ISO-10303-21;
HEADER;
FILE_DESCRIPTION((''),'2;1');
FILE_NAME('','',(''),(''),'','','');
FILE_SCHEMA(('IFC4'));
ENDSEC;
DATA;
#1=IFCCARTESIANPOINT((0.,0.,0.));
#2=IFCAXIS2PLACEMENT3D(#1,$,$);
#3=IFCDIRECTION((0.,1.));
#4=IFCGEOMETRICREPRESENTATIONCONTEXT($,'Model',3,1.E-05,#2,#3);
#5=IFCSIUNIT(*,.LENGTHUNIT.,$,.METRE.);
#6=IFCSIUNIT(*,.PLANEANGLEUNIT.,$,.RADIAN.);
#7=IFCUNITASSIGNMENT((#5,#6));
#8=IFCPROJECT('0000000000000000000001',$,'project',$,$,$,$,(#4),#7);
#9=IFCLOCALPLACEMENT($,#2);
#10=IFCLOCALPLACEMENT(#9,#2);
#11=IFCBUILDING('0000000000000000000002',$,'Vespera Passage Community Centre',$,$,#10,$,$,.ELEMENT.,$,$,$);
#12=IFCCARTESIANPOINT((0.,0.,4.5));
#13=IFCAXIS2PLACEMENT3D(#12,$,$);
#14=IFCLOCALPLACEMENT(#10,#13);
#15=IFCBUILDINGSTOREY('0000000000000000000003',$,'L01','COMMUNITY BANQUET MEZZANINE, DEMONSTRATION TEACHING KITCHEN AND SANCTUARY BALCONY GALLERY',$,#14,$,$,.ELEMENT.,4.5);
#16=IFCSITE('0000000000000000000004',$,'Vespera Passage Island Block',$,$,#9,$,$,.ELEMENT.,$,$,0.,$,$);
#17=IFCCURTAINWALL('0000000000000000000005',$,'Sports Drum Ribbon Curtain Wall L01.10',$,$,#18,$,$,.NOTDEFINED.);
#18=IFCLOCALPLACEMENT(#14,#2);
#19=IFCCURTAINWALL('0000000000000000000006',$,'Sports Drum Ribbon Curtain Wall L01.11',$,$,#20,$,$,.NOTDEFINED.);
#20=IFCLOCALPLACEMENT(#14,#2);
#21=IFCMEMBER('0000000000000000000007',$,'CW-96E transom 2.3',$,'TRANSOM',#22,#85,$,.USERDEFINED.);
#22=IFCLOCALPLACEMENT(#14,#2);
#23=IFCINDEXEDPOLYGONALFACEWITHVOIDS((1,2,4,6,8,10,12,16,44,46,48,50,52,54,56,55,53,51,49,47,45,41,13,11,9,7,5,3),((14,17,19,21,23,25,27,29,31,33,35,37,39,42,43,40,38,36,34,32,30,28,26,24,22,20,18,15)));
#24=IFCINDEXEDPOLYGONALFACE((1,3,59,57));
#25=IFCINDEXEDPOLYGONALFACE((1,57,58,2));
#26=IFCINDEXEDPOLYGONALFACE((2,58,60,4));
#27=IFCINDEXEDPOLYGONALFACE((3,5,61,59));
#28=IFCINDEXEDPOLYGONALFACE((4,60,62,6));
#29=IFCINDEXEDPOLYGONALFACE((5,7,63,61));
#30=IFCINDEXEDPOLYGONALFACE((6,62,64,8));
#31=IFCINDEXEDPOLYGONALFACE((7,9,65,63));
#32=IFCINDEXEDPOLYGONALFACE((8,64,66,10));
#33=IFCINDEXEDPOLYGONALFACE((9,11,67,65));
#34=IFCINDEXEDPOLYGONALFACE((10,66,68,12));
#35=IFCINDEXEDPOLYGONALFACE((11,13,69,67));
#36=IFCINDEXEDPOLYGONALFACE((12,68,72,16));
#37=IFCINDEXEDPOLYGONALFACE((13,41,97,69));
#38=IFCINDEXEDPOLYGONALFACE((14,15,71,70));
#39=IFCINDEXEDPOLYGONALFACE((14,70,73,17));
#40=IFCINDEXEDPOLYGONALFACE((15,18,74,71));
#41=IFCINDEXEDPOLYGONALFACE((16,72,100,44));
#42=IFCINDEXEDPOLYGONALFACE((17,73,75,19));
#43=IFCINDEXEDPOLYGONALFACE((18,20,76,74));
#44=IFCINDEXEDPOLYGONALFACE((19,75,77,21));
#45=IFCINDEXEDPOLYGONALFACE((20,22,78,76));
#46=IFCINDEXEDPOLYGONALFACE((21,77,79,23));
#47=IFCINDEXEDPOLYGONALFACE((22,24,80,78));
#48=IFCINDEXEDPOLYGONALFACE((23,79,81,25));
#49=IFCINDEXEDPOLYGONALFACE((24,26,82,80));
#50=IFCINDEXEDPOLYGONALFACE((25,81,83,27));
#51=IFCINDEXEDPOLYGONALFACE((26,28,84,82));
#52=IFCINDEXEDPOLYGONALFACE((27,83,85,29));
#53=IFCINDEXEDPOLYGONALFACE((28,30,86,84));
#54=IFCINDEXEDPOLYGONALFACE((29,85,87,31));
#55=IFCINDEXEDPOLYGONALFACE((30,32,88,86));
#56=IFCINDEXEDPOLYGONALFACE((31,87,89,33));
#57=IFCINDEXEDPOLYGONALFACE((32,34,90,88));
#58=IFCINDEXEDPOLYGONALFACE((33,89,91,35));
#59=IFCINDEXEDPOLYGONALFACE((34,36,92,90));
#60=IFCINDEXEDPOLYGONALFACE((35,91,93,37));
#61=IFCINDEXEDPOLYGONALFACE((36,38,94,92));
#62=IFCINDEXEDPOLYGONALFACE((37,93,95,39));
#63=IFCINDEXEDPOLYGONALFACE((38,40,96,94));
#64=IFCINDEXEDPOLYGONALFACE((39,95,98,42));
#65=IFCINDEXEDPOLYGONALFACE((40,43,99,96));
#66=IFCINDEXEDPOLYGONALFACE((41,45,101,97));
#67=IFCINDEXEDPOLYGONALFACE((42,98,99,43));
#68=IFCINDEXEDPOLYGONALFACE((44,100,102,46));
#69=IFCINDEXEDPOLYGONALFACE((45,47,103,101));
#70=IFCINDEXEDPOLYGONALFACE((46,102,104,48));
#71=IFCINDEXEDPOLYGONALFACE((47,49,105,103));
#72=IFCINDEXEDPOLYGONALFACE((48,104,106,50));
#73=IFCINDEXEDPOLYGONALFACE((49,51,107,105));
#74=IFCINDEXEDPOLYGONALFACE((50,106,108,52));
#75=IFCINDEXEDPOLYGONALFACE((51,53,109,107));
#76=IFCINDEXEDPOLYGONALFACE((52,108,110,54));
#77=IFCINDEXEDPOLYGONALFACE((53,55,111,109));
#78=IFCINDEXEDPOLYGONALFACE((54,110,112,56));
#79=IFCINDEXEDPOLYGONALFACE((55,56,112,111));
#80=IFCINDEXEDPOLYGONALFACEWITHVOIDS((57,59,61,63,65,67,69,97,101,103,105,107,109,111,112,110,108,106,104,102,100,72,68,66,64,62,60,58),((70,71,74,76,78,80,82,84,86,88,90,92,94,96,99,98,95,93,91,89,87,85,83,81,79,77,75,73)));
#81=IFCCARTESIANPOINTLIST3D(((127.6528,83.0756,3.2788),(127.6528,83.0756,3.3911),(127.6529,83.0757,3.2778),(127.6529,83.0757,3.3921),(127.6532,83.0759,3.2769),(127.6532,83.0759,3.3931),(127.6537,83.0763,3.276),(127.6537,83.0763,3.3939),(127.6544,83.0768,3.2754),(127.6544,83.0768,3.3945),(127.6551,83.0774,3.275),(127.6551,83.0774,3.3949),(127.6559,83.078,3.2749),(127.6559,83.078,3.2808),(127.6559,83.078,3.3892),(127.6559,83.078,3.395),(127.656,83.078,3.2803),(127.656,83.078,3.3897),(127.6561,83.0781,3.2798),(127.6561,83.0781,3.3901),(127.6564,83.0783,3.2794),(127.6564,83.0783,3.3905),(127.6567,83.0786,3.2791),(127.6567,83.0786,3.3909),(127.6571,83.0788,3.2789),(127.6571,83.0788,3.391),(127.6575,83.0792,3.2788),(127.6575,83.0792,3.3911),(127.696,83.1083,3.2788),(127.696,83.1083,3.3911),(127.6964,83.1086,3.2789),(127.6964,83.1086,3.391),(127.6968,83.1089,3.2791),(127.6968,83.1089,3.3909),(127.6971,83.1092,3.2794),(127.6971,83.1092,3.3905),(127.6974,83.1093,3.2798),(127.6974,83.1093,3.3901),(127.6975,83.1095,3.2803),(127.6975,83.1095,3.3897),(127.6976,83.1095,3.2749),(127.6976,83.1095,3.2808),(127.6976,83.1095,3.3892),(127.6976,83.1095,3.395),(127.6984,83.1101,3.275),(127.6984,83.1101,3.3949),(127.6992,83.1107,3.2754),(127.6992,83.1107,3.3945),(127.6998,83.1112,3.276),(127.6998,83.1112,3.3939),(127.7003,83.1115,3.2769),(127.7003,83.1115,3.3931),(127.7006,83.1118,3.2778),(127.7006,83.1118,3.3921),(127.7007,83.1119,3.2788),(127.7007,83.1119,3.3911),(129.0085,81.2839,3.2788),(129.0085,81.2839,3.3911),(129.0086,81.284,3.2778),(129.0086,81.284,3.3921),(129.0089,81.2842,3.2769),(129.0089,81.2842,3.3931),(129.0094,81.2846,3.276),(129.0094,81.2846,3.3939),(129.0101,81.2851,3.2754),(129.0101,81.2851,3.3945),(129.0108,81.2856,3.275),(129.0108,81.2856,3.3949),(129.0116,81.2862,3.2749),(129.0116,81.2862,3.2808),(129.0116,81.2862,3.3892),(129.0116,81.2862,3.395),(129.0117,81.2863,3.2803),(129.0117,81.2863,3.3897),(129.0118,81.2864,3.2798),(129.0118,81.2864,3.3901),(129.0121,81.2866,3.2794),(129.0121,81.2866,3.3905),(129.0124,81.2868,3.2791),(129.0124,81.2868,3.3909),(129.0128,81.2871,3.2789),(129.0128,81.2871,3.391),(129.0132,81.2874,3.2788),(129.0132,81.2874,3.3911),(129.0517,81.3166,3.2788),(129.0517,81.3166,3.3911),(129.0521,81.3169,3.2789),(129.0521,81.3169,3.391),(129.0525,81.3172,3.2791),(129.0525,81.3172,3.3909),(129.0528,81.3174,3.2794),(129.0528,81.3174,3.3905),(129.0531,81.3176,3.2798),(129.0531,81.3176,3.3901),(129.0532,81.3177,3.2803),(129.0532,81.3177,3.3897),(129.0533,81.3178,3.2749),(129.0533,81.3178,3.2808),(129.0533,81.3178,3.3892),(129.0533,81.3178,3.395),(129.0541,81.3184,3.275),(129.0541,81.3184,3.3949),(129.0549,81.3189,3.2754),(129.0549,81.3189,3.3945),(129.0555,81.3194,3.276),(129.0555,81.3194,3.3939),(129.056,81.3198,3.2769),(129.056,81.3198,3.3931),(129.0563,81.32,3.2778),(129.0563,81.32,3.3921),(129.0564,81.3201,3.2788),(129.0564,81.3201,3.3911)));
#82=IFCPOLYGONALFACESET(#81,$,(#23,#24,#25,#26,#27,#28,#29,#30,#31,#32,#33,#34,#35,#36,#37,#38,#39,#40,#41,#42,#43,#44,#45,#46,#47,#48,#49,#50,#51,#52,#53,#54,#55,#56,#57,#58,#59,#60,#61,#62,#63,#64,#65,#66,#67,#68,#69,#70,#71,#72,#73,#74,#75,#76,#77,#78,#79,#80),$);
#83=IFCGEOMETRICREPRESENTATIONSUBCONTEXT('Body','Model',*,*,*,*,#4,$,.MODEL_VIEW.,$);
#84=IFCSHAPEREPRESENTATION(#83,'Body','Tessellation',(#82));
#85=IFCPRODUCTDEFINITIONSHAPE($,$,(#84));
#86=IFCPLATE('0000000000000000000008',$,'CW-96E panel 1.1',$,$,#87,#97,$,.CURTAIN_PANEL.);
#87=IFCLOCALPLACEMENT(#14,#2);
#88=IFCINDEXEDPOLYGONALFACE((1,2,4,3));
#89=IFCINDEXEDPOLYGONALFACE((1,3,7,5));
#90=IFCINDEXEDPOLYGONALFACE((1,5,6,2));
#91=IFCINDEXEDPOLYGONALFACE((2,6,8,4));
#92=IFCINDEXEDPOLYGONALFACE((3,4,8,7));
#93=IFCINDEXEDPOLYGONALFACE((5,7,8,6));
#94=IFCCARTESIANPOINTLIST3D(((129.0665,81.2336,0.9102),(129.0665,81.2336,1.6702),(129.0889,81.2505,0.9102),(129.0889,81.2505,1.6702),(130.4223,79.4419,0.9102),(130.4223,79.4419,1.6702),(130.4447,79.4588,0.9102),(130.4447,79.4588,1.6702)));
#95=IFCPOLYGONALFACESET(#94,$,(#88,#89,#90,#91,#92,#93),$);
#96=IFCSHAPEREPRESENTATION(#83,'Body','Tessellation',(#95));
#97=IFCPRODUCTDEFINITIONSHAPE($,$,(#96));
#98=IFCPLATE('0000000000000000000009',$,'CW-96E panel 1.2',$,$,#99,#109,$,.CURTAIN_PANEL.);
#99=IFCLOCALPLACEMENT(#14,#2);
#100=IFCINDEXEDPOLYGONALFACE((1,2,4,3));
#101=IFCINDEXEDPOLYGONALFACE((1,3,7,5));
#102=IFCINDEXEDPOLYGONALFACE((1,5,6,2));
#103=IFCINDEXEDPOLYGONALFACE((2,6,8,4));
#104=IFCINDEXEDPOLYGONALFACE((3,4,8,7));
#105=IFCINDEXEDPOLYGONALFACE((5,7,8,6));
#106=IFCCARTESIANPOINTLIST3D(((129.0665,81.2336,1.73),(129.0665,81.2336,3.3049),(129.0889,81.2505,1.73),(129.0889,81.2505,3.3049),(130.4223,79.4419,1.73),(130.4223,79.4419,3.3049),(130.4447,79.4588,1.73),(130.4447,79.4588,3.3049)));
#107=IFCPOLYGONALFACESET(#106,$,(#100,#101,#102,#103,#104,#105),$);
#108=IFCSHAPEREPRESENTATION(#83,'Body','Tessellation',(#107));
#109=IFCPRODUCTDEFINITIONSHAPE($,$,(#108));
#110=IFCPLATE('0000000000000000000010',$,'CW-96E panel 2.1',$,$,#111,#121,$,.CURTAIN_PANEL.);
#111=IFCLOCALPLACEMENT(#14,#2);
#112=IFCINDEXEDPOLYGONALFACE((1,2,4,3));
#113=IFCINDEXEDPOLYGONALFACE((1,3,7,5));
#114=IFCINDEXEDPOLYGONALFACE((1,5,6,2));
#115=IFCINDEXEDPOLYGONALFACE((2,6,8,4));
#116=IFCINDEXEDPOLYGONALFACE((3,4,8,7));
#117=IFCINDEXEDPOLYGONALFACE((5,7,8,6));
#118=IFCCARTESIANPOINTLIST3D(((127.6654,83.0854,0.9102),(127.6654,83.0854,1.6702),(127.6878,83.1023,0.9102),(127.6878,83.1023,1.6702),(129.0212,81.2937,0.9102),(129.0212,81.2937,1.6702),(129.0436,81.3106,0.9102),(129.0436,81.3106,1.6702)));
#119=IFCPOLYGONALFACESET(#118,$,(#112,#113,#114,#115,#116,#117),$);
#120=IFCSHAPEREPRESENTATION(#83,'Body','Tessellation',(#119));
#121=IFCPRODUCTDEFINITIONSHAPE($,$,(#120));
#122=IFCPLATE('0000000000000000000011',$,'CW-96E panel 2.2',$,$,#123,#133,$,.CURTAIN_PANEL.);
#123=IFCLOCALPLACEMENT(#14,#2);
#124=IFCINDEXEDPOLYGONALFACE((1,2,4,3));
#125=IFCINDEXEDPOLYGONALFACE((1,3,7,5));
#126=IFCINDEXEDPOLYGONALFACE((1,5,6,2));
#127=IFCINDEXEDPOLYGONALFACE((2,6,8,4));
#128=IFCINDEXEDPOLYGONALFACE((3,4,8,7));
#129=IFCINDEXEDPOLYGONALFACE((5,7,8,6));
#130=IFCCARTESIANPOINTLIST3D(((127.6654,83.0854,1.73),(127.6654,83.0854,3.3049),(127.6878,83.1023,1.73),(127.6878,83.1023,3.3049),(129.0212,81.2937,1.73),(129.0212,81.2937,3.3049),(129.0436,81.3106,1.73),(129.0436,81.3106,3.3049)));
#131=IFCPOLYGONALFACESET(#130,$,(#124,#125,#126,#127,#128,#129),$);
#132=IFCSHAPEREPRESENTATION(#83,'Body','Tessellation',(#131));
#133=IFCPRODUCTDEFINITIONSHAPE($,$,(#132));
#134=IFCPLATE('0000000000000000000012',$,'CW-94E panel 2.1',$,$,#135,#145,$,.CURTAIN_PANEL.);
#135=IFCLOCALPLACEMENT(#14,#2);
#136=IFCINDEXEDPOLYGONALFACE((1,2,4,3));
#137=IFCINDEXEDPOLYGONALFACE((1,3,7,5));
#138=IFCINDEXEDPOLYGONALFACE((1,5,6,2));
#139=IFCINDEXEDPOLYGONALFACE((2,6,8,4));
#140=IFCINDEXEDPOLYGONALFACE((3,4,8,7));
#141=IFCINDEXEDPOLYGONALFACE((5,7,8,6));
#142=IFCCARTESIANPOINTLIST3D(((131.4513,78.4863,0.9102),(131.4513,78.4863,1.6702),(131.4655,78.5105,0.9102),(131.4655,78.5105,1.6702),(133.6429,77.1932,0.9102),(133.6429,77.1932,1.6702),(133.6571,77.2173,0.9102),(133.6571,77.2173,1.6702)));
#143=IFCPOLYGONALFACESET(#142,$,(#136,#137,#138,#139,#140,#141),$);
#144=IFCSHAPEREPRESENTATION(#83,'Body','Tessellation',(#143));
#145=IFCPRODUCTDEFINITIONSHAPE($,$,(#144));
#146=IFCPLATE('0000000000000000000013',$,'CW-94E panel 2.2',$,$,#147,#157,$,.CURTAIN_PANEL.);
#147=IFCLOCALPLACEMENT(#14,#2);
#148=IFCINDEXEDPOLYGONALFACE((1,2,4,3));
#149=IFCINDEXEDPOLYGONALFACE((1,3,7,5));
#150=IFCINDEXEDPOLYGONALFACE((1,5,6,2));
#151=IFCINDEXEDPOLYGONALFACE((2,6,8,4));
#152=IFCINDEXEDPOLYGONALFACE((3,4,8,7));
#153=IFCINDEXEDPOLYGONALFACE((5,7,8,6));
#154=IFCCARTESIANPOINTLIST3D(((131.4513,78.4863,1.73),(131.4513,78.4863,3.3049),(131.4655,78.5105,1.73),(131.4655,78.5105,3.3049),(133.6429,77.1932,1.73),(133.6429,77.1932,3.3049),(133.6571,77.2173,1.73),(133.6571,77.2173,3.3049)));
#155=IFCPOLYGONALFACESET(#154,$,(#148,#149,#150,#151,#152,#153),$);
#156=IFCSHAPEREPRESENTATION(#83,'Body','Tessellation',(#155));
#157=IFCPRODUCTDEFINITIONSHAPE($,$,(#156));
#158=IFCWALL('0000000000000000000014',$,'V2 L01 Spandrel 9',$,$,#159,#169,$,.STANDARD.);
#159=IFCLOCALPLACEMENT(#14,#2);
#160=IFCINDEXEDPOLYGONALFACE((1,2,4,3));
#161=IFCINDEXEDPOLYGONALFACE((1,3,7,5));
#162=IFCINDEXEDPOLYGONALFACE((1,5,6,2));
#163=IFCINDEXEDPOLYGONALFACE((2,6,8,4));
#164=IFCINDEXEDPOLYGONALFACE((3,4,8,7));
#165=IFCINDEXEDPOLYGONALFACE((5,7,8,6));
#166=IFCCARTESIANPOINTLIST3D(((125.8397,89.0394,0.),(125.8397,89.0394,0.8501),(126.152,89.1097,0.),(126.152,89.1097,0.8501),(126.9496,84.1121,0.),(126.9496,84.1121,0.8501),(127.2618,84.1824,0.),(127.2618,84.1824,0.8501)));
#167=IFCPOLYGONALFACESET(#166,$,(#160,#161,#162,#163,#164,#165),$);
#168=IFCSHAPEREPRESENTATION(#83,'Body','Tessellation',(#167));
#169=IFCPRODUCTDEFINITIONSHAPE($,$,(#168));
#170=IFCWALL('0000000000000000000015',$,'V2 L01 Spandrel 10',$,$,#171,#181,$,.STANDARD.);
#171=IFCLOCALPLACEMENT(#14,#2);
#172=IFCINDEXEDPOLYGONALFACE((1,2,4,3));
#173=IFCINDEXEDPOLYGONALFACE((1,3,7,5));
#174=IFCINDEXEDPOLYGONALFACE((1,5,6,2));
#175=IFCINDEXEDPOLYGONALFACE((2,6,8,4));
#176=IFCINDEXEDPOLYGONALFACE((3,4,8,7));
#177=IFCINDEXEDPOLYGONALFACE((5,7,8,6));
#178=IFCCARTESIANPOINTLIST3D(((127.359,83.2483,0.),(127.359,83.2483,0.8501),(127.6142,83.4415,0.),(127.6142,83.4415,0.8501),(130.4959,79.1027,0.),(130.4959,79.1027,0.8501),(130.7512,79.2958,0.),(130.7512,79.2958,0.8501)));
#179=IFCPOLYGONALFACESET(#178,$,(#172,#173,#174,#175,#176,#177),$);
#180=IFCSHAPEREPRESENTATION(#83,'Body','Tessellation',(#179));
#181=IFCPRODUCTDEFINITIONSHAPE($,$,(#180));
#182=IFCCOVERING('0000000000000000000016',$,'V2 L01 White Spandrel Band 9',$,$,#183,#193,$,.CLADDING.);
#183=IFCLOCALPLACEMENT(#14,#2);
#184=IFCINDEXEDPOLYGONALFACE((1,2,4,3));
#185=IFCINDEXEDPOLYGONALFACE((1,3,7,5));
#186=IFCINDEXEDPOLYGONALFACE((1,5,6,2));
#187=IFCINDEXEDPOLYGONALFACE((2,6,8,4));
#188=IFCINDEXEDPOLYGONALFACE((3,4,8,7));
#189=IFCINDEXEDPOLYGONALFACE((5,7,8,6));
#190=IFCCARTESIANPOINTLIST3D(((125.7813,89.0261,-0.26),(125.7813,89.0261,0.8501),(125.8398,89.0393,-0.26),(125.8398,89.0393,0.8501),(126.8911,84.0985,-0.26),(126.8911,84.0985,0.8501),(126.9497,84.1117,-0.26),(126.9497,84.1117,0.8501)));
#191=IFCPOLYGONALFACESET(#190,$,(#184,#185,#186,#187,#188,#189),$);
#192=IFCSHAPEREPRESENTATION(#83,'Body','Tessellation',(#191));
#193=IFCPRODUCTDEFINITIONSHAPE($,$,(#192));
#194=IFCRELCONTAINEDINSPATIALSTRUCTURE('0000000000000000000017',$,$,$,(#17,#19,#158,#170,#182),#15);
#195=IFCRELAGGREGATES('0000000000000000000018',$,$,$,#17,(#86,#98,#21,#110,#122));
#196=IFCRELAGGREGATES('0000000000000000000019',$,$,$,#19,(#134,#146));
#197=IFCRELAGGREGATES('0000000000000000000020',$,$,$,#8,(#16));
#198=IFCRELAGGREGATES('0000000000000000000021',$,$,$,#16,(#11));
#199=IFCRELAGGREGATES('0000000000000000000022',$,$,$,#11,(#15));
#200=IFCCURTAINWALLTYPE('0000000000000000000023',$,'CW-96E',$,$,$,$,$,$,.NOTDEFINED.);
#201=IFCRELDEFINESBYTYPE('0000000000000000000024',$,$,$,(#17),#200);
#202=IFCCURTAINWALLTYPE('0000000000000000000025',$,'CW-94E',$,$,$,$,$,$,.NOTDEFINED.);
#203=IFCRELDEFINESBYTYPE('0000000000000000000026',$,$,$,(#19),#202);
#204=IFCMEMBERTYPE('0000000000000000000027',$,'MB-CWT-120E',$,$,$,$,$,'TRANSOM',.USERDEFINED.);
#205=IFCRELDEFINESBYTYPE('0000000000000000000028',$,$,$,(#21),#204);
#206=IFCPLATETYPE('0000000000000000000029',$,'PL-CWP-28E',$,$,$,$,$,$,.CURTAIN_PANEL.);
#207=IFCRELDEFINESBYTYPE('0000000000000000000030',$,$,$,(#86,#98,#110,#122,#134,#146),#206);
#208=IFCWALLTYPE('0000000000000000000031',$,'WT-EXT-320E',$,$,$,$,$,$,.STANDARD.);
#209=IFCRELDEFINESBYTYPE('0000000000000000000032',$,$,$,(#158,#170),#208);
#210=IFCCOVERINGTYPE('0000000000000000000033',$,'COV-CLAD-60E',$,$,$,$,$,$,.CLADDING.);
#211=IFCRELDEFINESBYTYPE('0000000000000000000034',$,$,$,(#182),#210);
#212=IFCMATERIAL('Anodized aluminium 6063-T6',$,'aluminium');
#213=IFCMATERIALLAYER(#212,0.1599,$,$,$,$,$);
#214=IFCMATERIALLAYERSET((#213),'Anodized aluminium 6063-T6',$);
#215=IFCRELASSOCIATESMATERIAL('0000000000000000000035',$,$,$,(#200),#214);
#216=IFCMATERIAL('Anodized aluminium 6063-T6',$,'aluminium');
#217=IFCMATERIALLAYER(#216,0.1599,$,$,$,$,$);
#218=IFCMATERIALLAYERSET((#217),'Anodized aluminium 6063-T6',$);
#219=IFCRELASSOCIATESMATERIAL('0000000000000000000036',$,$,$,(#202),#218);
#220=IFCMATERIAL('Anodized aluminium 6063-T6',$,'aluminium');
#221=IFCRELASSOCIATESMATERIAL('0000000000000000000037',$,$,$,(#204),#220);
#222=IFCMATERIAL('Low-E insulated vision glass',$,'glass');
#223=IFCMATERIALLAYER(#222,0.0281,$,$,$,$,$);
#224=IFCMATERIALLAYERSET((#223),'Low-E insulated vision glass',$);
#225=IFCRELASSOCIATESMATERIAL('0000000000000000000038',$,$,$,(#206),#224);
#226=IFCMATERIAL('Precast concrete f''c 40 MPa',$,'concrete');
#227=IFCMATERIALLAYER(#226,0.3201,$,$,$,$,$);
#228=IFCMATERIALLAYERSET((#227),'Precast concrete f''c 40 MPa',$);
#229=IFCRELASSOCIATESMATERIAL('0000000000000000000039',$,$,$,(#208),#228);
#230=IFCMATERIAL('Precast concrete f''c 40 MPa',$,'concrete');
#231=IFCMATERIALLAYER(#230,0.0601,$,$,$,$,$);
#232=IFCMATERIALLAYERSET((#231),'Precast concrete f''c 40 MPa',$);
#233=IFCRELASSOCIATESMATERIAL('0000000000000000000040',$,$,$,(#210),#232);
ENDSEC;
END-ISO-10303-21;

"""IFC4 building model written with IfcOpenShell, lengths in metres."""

from ifc_helpers import new_model, si_unit, direction, frame, frame_2d, origin, origin_2d, place, context, subcontext, project, spatial, rectangle, hollow_rectangle, extrude, material, layer, layer_set, material_profile, profile_set, type_object, element, aggregate, save


model = new_model("IFC4")

# Units and contexts
model_context = context("Model", 3, precision=1e-05, world=origin(), true_north=direction((0.0, 1.0)))
body_context = subcontext(model_context, "Body", "Model", "MODEL_VIEW")
ifc_project = project(units=[si_unit("LENGTHUNIT", "METRE"), si_unit("PLANEANGLEUNIT", "RADIAN")], contexts=[model_context])

# Site, building, storey
site_placement = place(None, origin())
site = spatial("IfcSite", under=ifc_project, at=site_placement, Name="Vespera Passage Island Block", CompositionType="ELEMENT", RefElevation=0.0)
building_placement = place(site_placement, origin())
building = spatial("IfcBuilding", under=site, at=building_placement, Name="Vespera Passage Community Centre", CompositionType="ELEMENT")
storey_placement = place(building_placement, frame((0.0, 0.0, 4.5)))
storey = spatial("IfcBuildingStorey", under=building, at=storey_placement, Name="L01", Description="COMMUNITY BANQUET MEZZANINE, DEMONSTRATION TEACHING KITCHEN AND SANCTUARY BALCONY GALLERY", CompositionType="ELEMENT", Elevation=4.5)

# Curtain wall
ifc_material_1 = material(Name="Anodized aluminium 6063-T6", Category="aluminium")
ifc_layer_1 = layer(ifc_material_1, 0.1599)
ifc_layer_set_1 = layer_set([ifc_layer_1], Name="Anodized aluminium 6063-T6")
curtain_wall_type_1 = type_object("IfcCurtainWallType", Name="CW-96E", PredefinedType="NOTDEFINED", material=ifc_layer_set_1)
curtain_wall_1_placement = place(storey_placement, origin())
curtain_wall_1 = element("IfcCurtainWall", 1, at=curtain_wall_1_placement, inside=storey, type_object=curtain_wall_type_1, Name="Sports Drum Ribbon Curtain Wall L01.10", PredefinedType="NOTDEFINED")

# Curtain wall
ifc_material_2 = material(Name="Anodized aluminium 6063-T6", Category="aluminium")
ifc_layer_2 = layer(ifc_material_2, 0.1599)
ifc_layer_set_2 = layer_set([ifc_layer_2], Name="Anodized aluminium 6063-T6")
curtain_wall_type_2 = type_object("IfcCurtainWallType", Name="CW-94E", PredefinedType="NOTDEFINED", material=ifc_layer_set_2)
curtain_wall_2_placement = place(storey_placement, origin())
curtain_wall_2 = element("IfcCurtainWall", 2, at=curtain_wall_2_placement, inside=storey, type_object=curtain_wall_type_2, Name="Sports Drum Ribbon Curtain Wall L01.11", PredefinedType="NOTDEFINED")

# Member
ifc_material_3 = material(Name="Anodized aluminium 6063-T6", Category="aluminium")
ifc_material_profile_1 = material_profile(ifc_material_3, hollow_rectangle(XDim=0.0601, YDim=0.1201, WallThickness=0.0039, InnerFilletRadius=0.002, OuterFilletRadius=0.0039, at=origin_2d()), Name="ALU120X60X4")
ifc_profile_set_1 = profile_set([ifc_material_profile_1], Name="Anodized aluminium 6063-T6")
member_type_1 = type_object("IfcMemberType", Name="MB-CWT-120E", ElementType="TRANSOM", PredefinedType="USERDEFINED", material=ifc_profile_set_1)
member_1_placement = place(storey_placement, frame((129.0325, 81.302, 3.335), z_axis=(-0.603385, 0.79745, 0.0), x_axis=(-0.79745, -0.603385, 0.0)))
member_1 = element("IfcMember", 3, at=member_1_placement, type_object=member_type_1, Name="CW-96E transom 2.3", ObjectType="TRANSOM", PredefinedType="USERDEFINED", context=body_context, shape_type="SweptSolid", body=[
    extrude(hollow_rectangle(XDim=0.0601, YDim=0.1201, WallThickness=0.0039, InnerFilletRadius=0.002, OuterFilletRadius=0.0039, at=origin_2d()), origin(), (0.0, 0.0, 1.0), 2.2468),
])

# Plates
ifc_material_4 = material(Name="Low-E insulated vision glass", Category="glass")
ifc_layer_3 = layer(ifc_material_4, 0.0281)
ifc_layer_set_3 = layer_set([ifc_layer_3], Name="Low-E insulated vision glass")
plate_type = type_object("IfcPlateType", Name="PL-CWP-28E", PredefinedType="CURTAIN_PANEL", material=ifc_layer_set_3)
plate_1_placement = place(storey_placement, frame((129.7556, 80.3462, 0.9102), z_axis=(0.0, 0.0, 1.0), x_axis=(-0.603406, 0.797434, 0.0)))
plate_1 = element("IfcPlate", 4, at=plate_1_placement, type_object=plate_type, Name="CW-96E panel 1.1", PredefinedType="CURTAIN_PANEL", context=body_context, shape_type="SweptSolid", body=[
    extrude(rectangle(XDim=2.2468, YDim=0.0281, at=origin_2d()), origin(), (0.0, 0.0, 1.0), 0.76),
])
plate_2_placement = place(storey_placement, frame((129.7556, 80.3462, 1.73), z_axis=(0.0, 0.0, 1.0), x_axis=(-0.603406, 0.797434, 0.0)))
plate_2 = element("IfcPlate", 5, at=plate_2_placement, type_object=plate_type, Name="CW-96E panel 1.2", PredefinedType="CURTAIN_PANEL", context=body_context, shape_type="SweptSolid", body=[
    extrude(rectangle(XDim=2.2468, YDim=0.0281, at=origin_2d()), origin(), (0.0, 0.0, 1.0), 1.575),
])
plate_3_placement = place(storey_placement, frame((128.3545, 82.198, 0.9102), z_axis=(0.0, 0.0, 1.0), x_axis=(-0.603406, 0.797434, 0.0)))
plate_3 = element("IfcPlate", 6, at=plate_3_placement, type_object=plate_type, Name="CW-96E panel 2.1", PredefinedType="CURTAIN_PANEL", context=body_context, shape_type="SweptSolid", body=[
    extrude(rectangle(XDim=2.2468, YDim=0.0281, at=origin_2d()), origin(), (0.0, 0.0, 1.0), 0.76),
])
plate_4_placement = place(storey_placement, frame((128.3545, 82.198, 1.73), z_axis=(0.0, 0.0, 1.0), x_axis=(-0.603406, 0.797434, 0.0)))
plate_4 = element("IfcPlate", 7, at=plate_4_placement, type_object=plate_type, Name="CW-96E panel 2.2", PredefinedType="CURTAIN_PANEL", context=body_context, shape_type="SweptSolid", body=[
    extrude(rectangle(XDim=2.2468, YDim=0.0281, at=origin_2d()), origin(), (0.0, 0.0, 1.0), 1.575),
])
aggregate(curtain_wall_1, [plate_1, plate_2, member_1, plate_3, plate_4])
plate_5_placement = place(storey_placement, frame((132.5542, 77.8518, 0.9102), z_axis=(0.0, 0.0, 1.0), x_axis=(-0.861257, 0.50817, 0.0)))
plate_5 = element("IfcPlate", 8, at=plate_5_placement, type_object=plate_type, Name="CW-94E panel 2.1", PredefinedType="CURTAIN_PANEL", context=body_context, shape_type="SweptSolid", body=[
    extrude(rectangle(XDim=2.5447, YDim=0.0281, at=origin_2d()), origin(), (0.0, 0.0, 1.0), 0.76),
])
plate_6_placement = place(storey_placement, frame((132.5542, 77.8518, 1.73), z_axis=(0.0, 0.0, 1.0), x_axis=(-0.861257, 0.50817, 0.0)))
plate_6 = element("IfcPlate", 9, at=plate_6_placement, type_object=plate_type, Name="CW-94E panel 2.2", PredefinedType="CURTAIN_PANEL", context=body_context, shape_type="SweptSolid", body=[
    extrude(rectangle(XDim=2.5447, YDim=0.0281, at=origin_2d()), origin(), (0.0, 0.0, 1.0), 1.575),
])
aggregate(curtain_wall_2, [plate_5, plate_6])

# Walls
ifc_material_5 = material(Name="Precast concrete f'c 40 MPa", Category="concrete")
ifc_layer_4 = layer(ifc_material_5, 0.3201)
ifc_layer_set_4 = layer_set([ifc_layer_4], Name="Precast concrete f'c 40 MPa")
wall_type = type_object("IfcWallType", Name="WT-EXT-320E", PredefinedType="STANDARD", material=ifc_layer_set_4)
wall_1_placement = place(storey_placement, frame((127.1057, 84.1472, 0.0), z_axis=(0.0, 0.0, 1.0), x_axis=(-0.219745, 0.975557, 0.0)))
element("IfcWall", 10, at=wall_1_placement, inside=storey, type_object=wall_type, Name="V2 L01 Spandrel 9", PredefinedType="STANDARD", context=body_context, shape_type="SweptSolid", body=[
    extrude(rectangle(XDim=5.0508, YDim=0.3201, at=frame_2d((2.5254, 0.0))), origin(), (0.0, 0.0, 1.0), 0.8501),
])
wall_2_placement = place(storey_placement, frame((130.6235, 79.1992, 0.0), z_axis=(0.0, 0.0, 1.0), x_axis=(-0.603398, 0.79744, 0.0)))
element("IfcWall", 11, at=wall_2_placement, inside=storey, type_object=wall_type, Name="V2 L01 Spandrel 10", PredefinedType="STANDARD", context=body_context, shape_type="SweptSolid", body=[
    extrude(rectangle(XDim=5.1987, YDim=0.3201, at=frame_2d((2.5994, 0.0))), origin(), (0.0, 0.0, 1.0), 0.8501),
])

# Covering
ifc_material_6 = material(Name="Precast concrete f'c 40 MPa", Category="concrete")
ifc_layer_5 = layer(ifc_material_6, 0.0601)
ifc_layer_set_5 = layer_set([ifc_layer_5], Name="Precast concrete f'c 40 MPa")
covering_type = type_object("IfcCoveringType", Name="COV-CLAD-60E", PredefinedType="CLADDING", material=ifc_layer_set_5)
covering_1_placement = place(storey_placement, frame((126.9204, 84.1052, -0.26), z_axis=(0.0, 0.0, 1.0), x_axis=(-0.219734, 0.97556, 0.0)))
element("IfcCovering", 12, at=covering_1_placement, inside=storey, type_object=covering_type, Name="V2 L01 White Spandrel Band 9", PredefinedType="CLADDING", context=body_context, shape_type="SweptSolid", body=[
    extrude(rectangle(XDim=5.051, YDim=0.0601, at=frame_2d((2.5254, 0.0))), origin(), (0.0, 0.0, 1.0), 1.1101),
])

save(model, "model.ifc")
